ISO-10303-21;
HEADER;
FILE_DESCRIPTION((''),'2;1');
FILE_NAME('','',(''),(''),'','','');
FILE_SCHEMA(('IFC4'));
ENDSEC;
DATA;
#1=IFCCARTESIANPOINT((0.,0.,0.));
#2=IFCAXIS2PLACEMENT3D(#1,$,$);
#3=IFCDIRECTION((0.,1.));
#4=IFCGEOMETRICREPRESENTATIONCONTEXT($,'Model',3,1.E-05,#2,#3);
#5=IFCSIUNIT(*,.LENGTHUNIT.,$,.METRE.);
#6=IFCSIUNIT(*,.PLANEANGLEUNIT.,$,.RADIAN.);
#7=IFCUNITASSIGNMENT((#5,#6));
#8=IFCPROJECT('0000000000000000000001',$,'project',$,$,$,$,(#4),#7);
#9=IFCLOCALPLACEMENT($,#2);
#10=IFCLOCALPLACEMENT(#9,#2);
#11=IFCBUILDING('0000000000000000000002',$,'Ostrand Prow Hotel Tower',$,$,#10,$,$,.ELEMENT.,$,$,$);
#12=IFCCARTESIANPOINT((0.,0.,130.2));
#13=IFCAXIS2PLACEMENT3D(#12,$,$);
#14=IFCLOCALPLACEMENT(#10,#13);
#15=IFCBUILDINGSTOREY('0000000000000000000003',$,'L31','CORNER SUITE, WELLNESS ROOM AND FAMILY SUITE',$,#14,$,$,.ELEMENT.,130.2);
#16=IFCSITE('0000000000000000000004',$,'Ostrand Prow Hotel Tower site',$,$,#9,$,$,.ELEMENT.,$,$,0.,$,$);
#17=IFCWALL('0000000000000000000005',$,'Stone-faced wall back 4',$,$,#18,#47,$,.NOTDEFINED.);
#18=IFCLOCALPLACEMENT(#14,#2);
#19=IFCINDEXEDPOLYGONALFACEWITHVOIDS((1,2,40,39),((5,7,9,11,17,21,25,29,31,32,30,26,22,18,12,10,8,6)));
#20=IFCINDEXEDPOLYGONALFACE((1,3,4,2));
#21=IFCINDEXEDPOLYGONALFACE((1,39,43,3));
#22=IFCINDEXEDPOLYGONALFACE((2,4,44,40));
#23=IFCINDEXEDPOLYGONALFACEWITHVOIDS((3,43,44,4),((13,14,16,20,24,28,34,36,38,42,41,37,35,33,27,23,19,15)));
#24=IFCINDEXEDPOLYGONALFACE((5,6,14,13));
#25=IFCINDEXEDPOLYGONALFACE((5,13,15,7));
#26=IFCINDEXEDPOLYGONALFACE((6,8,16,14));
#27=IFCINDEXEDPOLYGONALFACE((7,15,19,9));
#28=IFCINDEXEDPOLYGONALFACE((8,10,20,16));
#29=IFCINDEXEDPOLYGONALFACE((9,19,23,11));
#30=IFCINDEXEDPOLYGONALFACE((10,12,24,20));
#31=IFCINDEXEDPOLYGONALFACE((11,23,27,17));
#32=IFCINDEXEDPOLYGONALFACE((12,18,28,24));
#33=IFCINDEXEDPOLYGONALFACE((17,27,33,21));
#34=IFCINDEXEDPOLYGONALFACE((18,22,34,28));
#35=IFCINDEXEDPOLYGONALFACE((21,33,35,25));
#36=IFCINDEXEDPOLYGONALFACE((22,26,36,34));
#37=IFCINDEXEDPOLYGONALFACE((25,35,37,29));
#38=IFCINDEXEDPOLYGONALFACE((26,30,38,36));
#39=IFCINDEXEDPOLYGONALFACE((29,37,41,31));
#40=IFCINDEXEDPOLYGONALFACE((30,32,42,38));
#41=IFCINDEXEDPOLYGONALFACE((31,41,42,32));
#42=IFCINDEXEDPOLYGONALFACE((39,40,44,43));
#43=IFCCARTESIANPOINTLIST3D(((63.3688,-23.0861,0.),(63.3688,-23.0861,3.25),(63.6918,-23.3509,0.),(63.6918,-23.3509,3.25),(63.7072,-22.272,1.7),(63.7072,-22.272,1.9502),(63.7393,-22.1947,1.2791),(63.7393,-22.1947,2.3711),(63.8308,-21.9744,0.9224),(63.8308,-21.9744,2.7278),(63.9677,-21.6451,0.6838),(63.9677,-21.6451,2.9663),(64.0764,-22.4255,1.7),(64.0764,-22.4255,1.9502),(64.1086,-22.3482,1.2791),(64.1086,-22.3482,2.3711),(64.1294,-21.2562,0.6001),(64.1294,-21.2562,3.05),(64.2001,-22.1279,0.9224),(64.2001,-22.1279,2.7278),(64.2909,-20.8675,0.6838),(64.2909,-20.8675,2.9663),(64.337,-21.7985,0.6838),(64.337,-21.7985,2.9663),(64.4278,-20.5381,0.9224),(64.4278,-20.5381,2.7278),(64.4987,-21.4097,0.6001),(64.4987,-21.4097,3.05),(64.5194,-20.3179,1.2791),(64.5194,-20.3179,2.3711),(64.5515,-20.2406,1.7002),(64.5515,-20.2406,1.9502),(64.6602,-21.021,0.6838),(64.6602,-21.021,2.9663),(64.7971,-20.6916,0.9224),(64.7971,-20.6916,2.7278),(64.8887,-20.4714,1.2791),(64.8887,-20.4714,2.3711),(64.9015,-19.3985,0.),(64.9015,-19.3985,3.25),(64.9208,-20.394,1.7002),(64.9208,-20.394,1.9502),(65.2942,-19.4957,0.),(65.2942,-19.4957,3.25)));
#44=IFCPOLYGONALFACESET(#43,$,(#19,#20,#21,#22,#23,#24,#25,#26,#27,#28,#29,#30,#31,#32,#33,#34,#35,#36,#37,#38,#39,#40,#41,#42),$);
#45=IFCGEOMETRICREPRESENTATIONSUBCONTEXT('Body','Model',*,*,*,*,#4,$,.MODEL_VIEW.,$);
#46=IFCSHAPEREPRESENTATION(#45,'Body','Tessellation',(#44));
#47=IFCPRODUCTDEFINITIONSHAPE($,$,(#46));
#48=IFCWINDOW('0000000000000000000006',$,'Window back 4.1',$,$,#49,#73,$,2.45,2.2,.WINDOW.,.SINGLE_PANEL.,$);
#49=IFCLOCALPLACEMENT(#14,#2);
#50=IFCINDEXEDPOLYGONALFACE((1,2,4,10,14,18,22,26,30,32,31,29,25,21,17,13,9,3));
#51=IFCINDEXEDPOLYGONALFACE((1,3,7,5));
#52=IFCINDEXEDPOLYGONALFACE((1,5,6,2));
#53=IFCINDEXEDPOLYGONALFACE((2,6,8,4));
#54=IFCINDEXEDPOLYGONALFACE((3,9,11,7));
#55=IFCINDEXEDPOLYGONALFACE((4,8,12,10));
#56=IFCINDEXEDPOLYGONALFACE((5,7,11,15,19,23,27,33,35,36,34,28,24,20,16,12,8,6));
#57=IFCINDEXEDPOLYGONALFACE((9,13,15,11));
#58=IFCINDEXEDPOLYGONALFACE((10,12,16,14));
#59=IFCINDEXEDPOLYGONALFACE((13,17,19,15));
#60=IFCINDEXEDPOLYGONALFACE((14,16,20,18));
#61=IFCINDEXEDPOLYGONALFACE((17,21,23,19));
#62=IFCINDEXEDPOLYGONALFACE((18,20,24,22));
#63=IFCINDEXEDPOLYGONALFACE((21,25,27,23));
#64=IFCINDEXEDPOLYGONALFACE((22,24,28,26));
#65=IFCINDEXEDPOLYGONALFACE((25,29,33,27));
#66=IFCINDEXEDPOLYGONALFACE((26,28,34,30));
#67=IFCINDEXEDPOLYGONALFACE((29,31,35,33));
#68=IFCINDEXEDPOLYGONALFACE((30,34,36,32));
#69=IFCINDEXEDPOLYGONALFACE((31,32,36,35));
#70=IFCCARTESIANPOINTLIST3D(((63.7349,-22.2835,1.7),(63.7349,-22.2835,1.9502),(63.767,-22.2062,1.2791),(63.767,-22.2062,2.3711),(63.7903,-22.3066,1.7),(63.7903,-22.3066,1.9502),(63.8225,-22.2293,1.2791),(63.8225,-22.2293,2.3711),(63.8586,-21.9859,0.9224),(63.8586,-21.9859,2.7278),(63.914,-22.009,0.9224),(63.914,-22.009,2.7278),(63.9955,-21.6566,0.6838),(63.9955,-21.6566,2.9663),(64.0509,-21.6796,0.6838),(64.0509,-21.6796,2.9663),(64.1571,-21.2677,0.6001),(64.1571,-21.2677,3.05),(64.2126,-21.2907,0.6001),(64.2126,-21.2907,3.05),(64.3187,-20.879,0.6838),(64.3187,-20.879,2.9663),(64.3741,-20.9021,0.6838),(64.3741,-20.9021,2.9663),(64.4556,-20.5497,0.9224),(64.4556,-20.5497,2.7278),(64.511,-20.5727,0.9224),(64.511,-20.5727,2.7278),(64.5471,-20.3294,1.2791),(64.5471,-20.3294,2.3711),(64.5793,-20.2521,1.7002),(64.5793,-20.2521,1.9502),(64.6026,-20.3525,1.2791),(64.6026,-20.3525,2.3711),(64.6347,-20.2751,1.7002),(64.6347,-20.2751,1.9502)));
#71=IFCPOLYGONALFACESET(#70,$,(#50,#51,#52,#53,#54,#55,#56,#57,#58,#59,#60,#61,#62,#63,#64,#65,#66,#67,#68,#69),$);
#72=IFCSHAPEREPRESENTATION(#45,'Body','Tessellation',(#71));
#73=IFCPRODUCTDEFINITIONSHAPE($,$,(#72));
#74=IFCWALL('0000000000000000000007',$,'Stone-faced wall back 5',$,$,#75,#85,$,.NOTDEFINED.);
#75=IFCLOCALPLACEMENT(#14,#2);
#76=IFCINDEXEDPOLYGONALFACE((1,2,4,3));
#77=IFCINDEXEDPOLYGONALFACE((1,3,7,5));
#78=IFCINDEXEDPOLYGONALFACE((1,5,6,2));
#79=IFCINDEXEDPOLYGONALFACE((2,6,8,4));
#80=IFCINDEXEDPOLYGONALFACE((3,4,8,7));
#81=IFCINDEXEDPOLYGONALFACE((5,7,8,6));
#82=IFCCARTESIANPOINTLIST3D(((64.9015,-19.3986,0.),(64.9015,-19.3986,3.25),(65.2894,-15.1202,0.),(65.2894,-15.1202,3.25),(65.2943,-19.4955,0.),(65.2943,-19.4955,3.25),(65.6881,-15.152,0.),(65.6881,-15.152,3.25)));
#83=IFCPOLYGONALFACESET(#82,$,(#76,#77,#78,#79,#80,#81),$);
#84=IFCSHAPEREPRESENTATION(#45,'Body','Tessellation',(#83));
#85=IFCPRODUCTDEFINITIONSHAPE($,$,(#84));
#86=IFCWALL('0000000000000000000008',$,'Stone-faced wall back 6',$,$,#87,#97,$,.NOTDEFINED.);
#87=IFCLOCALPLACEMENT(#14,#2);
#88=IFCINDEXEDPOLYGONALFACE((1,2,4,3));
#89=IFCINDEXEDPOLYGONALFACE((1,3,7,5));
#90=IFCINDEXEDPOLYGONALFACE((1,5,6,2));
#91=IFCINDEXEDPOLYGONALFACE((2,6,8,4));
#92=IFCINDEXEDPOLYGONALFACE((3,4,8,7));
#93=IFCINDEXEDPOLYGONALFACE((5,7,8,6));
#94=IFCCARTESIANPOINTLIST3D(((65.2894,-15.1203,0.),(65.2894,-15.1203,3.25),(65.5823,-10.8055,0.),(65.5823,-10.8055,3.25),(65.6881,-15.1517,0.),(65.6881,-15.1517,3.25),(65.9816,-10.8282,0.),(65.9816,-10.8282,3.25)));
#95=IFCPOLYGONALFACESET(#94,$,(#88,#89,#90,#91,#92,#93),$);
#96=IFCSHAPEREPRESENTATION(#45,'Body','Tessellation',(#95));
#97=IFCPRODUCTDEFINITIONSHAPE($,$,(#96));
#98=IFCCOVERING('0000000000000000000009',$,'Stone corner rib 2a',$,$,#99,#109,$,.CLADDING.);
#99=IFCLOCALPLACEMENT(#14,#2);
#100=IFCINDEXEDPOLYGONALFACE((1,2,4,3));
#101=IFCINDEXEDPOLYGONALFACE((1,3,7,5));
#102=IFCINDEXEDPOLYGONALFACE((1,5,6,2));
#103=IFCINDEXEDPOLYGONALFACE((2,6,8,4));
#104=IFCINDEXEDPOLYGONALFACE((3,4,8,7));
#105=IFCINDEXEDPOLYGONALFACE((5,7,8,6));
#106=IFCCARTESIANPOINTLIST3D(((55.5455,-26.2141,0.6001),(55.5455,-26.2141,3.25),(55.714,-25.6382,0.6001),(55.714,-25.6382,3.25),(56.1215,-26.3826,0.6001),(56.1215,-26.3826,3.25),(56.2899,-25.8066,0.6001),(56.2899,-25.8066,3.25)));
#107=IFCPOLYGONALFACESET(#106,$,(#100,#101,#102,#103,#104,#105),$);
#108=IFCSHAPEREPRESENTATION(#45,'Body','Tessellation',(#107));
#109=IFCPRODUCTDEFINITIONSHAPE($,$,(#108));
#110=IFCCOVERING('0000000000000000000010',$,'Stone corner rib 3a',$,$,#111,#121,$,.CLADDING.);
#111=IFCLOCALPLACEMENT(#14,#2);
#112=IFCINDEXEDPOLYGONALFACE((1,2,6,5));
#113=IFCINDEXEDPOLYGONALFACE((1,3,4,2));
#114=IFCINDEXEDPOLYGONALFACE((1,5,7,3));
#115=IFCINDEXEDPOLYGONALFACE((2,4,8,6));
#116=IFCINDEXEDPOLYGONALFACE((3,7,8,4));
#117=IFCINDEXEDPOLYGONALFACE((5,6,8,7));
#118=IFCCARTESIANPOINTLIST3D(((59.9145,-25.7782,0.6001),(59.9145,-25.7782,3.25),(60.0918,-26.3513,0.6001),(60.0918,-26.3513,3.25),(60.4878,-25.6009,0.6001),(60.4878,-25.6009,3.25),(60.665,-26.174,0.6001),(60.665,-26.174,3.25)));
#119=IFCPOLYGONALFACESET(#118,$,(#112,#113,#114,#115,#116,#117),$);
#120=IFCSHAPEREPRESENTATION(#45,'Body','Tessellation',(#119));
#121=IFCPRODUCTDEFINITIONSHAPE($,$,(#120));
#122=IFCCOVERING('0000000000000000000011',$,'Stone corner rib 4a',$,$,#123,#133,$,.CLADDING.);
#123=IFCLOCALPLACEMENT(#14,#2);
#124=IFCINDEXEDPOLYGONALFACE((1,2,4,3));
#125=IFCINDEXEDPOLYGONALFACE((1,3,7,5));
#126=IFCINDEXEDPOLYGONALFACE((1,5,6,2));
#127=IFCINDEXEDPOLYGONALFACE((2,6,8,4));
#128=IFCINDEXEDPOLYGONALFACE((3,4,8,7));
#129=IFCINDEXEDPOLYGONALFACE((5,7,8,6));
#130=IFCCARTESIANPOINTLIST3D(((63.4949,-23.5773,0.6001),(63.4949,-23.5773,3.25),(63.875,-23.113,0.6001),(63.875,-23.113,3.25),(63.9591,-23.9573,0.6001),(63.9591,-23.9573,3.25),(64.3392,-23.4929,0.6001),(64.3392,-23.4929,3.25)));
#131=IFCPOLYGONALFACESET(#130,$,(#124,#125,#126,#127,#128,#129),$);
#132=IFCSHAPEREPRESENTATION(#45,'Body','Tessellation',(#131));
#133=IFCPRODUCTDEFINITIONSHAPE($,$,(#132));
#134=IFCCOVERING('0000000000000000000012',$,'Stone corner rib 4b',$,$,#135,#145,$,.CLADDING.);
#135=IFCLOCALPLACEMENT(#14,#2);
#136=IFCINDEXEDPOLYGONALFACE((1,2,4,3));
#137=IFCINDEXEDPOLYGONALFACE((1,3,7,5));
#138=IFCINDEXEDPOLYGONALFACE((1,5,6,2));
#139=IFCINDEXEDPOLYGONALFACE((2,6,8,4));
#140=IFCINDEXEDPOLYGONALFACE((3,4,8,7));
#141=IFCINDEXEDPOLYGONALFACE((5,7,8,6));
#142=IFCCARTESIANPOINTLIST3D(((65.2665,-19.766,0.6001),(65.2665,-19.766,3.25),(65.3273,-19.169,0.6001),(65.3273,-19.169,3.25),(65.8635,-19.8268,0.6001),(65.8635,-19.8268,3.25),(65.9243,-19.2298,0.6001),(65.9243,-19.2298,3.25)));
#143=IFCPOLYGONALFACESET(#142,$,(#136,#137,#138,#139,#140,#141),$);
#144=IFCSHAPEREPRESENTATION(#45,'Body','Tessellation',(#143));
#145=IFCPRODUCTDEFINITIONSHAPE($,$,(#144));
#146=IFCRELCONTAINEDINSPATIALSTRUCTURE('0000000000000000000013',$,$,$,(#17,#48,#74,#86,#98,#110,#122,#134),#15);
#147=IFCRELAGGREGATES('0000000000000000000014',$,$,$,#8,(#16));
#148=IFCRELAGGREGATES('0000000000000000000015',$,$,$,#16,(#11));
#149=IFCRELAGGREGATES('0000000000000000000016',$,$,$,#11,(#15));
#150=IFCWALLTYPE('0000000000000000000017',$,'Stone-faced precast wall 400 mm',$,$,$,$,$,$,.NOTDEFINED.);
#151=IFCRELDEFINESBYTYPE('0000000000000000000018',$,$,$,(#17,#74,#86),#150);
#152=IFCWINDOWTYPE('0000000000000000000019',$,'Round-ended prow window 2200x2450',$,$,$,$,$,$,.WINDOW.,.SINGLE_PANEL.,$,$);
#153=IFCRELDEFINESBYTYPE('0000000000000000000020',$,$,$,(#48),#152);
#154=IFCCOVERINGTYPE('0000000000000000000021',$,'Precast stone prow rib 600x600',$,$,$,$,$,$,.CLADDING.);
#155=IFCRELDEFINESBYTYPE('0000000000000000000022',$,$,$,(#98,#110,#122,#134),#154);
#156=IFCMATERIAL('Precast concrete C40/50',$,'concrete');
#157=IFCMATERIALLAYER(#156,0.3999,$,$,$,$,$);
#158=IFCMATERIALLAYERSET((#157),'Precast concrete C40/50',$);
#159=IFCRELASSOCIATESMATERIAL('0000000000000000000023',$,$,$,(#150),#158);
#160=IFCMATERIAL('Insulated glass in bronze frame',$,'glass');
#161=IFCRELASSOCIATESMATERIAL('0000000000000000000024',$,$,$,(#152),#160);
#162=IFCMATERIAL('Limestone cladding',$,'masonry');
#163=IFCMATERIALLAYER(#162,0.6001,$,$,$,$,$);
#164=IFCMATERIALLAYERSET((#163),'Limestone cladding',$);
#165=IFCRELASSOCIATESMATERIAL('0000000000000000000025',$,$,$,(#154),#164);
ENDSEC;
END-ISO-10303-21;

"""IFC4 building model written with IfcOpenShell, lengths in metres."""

from ifc_helpers import new_model, si_unit, direction, frame, frame_2d, origin, place, context, subcontext, project, spatial, polyline, rectangle, outline, extrude, material, layer, layer_set, type_object, element, fill, save


model = new_model("IFC4")

# Units and contexts
model_context = context("Model", 3, precision=1e-05, world=origin(), true_north=direction((0.0, 1.0)))
body_context = subcontext(model_context, "Body", "Model", "MODEL_VIEW")
ifc_project = project(units=[si_unit("LENGTHUNIT", "METRE"), si_unit("PLANEANGLEUNIT", "RADIAN")], contexts=[model_context])

# Site, building, storey
site_placement = place(None, origin())
site = spatial("IfcSite", under=ifc_project, at=site_placement, Name="Ostrand Prow Hotel Tower site", CompositionType="ELEMENT", RefElevation=0.0)
building_placement = place(site_placement, origin())
building = spatial("IfcBuilding", under=site, at=building_placement, Name="Ostrand Prow Hotel Tower", CompositionType="ELEMENT")
storey_placement = place(building_placement, frame((0.0, 0.0, 130.2)))
storey = spatial("IfcBuildingStorey", under=building, at=storey_placement, Name="L31", Description="CORNER SUITE, WELLNESS ROOM AND FAMILY SUITE", CompositionType="ELEMENT", Elevation=130.2)

# Wall, opening, window
ifc_material_1 = material(Name="Precast concrete C40/50", Category="concrete")
ifc_layer_1 = layer(ifc_material_1, 0.3999)
ifc_layer_set_1 = layer_set([ifc_layer_1], Name="Precast concrete C40/50")
wall_type_1 = type_object("IfcWallType", Name="Stone-faced precast wall 400 mm", PredefinedType="NOTDEFINED", material=ifc_layer_set_1)
ifc_material_2 = material(Name="Insulated glass in bronze frame", Category="glass")
window_type = type_object("IfcWindowType", Name="Round-ended prow window 2200x2450", PartitioningType="SINGLE_PANEL", PredefinedType="WINDOW", material=ifc_material_2)
wall_1_placement = place(storey_placement, frame((63.5303, -23.2185, 0.0), z_axis=(0.0, 0.0, 1.0), x_axis=(0.383817, 0.923409, 0.0)))
wall_1 = element("IfcWall", 1, at=wall_1_placement, inside=storey, type_object=wall_type_1, Name="Stone-faced wall back 4", PredefinedType="NOTDEFINED", context=body_context, shape_type="SweptSolid", body=[
    extrude(outline(polyline([(-0.0603, -0.2), (4.1147, -0.2), (4.0537, 0.2), (0.0603, 0.2), (-0.0603, -0.2)])), origin(), (0.0, 0.0, 1.0), 3.25),
])
opening_1_placement = place(wall_1_placement, frame((0.9419, 0.0, 0.6001)))
opening_1 = element("IfcOpeningElement", 2, at=opening_1_placement, cuts=wall_1, PredefinedType="OPENING", context=body_context, shape_type="SweptSolid", body=[
    extrude(outline(polyline([(0.0, 1.3501), (0.0837, 1.771), (0.3223, 2.1277), (0.679, 2.3662), (1.1001, 2.45), (1.521, 2.3662), (1.8777, 2.1277), (2.1162, 1.771), (2.2, 1.3501), (2.2, 1.1001), (2.1162, 0.679), (1.8777, 0.3223), (1.521, 0.0837), (1.1001, 0.0), (0.679, 0.0837), (0.3223, 0.3223), (0.0837, 0.679), (0.0, 1.0999), (0.0, 1.3501)])), frame((0.0, 0.21, 0.0), z_axis=(0.0, -1.0, 0.0), x_axis=(1.0, 0.0, 0.0)), (0.0, 0.0, 1.0), 0.4199),
])
window_1_placement = place(opening_1_placement, origin())
window_1 = element("IfcWindow", 3, at=window_1_placement, inside=storey, type_object=window_type, Name="Window back 4.1", OverallHeight=2.45, OverallWidth=2.2, PartitioningType="SINGLE_PANEL", PredefinedType="WINDOW", context=body_context, shape_type="SweptSolid", body=[
    extrude(outline(polyline([(0.0, 1.3501), (0.0837, 1.771), (0.3223, 2.1277), (0.679, 2.3662), (1.1001, 2.45), (1.521, 2.3662), (1.8777, 2.1277), (2.1162, 1.771), (2.2, 1.3501), (2.2, 1.1001), (2.1162, 0.679), (1.8777, 0.3223), (1.521, 0.0837), (1.1001, 0.0), (0.679, 0.0837), (0.3223, 0.3223), (0.0837, 0.679), (0.0, 1.0999), (0.0, 1.3501)])), frame((0.0, 0.1699, 0.0), z_axis=(0.0, -1.0, 0.0), x_axis=(1.0, 0.0, 0.0)), (0.0, 0.0, 1.0), 0.0601),
])
fill(opening_1, window_1)

# Walls
wall_2_placement = place(storey_placement, frame((65.0979, -19.447, 0.0), z_axis=(0.0, 0.0, 1.0), x_axis=(0.090297, 0.995915, 0.0)))
element("IfcWall", 4, at=wall_2_placement, inside=storey, type_object=wall_type_1, Name="Stone-faced wall back 5", PredefinedType="NOTDEFINED", context=body_context, shape_type="SweptSolid", body=[
    extrude(outline(polyline([(-0.0305, -0.2), (4.3308, -0.2), (4.3264, 0.2), (0.0305, 0.2), (-0.0305, -0.2)])), origin(), (0.0, 0.0, 1.0), 3.25),
])
wall_3_placement = place(storey_placement, frame((65.4888, -15.136, 0.0), z_axis=(0.0, 0.0, 1.0), x_axis=(0.067732, 0.997704, 0.0)))
element("IfcWall", 5, at=wall_3_placement, inside=storey, type_object=wall_type_1, Name="Stone-faced wall back 6", PredefinedType="NOTDEFINED", context=body_context, shape_type="SweptSolid", body=[
    extrude(outline(polyline([(-0.0022, -0.2), (4.3313, -0.2), (4.3269, 0.2), (0.0022, 0.2), (-0.0022, -0.2)])), origin(), (0.0, 0.0, 1.0), 3.25),
])

# Coverings
ifc_material_3 = material(Name="Limestone cladding", Category="masonry")
ifc_layer_2 = layer(ifc_material_3, 0.6001)
ifc_layer_set_2 = layer_set([ifc_layer_2], Name="Limestone cladding")
covering_type = type_object("IfcCoveringType", Name="Precast stone prow rib 600x600", PredefinedType="CLADDING", material=ifc_layer_set_2)
covering_1_placement = place(storey_placement, frame((56.002, -25.7224, 0.6001), z_axis=(0.0, 0.0, 1.0), x_axis=(-0.280734, -0.959786, 0.0)))
element("IfcCovering", 6, at=covering_1_placement, inside=storey, type_object=covering_type, Name="Stone corner rib 2a", PredefinedType="CLADDING", context=body_context, shape_type="SweptSolid", body=[
    extrude(rectangle(XDim=0.6001, YDim=0.6001, at=frame_2d((0.3, 0.0))), origin(), (0.0, 0.0, 1.0), 2.6499),
])
for number, where, z_axis, x_axis, name in (
    (7, (60.2012, -25.6897, 0.6001), (0.0, 0.0, 1.0), (0.295516, -0.955338, 0.0), "Stone corner rib 3a"),
    (8, (63.6851, -23.3452, 0.6001), (0.0, 0.0, 1.0), (0.77383, -0.633393, 0.0), "Stone corner rib 4a"),
):
    element("IfcCovering", number, at=place(storey_placement, frame(where, z_axis=z_axis, x_axis=x_axis)), inside=storey, type_object=covering_type, Name=name, PredefinedType="CLADDING", context=body_context, shape_type="SweptSolid", body=[
        extrude(rectangle(XDim=0.5999, YDim=0.6001, at=frame_2d((0.2998, 0.0))), origin(), (0.0, 0.0, 1.0), 2.6499),
    ])
covering_2_placement = place(storey_placement, frame((65.2969, -19.4675, 0.6001), z_axis=(0.0, 0.0, 1.0), x_axis=(0.994854, -0.101316, 0.0)))
element("IfcCovering", 9, at=covering_2_placement, inside=storey, type_object=covering_type, Name="Stone corner rib 4b", PredefinedType="CLADDING", context=body_context, shape_type="SweptSolid", body=[
    extrude(rectangle(XDim=0.6001, YDim=0.6001, at=frame_2d((0.3, 0.0))), origin(), (0.0, 0.0, 1.0), 2.6499),
])

save(model, "model.ifc")
